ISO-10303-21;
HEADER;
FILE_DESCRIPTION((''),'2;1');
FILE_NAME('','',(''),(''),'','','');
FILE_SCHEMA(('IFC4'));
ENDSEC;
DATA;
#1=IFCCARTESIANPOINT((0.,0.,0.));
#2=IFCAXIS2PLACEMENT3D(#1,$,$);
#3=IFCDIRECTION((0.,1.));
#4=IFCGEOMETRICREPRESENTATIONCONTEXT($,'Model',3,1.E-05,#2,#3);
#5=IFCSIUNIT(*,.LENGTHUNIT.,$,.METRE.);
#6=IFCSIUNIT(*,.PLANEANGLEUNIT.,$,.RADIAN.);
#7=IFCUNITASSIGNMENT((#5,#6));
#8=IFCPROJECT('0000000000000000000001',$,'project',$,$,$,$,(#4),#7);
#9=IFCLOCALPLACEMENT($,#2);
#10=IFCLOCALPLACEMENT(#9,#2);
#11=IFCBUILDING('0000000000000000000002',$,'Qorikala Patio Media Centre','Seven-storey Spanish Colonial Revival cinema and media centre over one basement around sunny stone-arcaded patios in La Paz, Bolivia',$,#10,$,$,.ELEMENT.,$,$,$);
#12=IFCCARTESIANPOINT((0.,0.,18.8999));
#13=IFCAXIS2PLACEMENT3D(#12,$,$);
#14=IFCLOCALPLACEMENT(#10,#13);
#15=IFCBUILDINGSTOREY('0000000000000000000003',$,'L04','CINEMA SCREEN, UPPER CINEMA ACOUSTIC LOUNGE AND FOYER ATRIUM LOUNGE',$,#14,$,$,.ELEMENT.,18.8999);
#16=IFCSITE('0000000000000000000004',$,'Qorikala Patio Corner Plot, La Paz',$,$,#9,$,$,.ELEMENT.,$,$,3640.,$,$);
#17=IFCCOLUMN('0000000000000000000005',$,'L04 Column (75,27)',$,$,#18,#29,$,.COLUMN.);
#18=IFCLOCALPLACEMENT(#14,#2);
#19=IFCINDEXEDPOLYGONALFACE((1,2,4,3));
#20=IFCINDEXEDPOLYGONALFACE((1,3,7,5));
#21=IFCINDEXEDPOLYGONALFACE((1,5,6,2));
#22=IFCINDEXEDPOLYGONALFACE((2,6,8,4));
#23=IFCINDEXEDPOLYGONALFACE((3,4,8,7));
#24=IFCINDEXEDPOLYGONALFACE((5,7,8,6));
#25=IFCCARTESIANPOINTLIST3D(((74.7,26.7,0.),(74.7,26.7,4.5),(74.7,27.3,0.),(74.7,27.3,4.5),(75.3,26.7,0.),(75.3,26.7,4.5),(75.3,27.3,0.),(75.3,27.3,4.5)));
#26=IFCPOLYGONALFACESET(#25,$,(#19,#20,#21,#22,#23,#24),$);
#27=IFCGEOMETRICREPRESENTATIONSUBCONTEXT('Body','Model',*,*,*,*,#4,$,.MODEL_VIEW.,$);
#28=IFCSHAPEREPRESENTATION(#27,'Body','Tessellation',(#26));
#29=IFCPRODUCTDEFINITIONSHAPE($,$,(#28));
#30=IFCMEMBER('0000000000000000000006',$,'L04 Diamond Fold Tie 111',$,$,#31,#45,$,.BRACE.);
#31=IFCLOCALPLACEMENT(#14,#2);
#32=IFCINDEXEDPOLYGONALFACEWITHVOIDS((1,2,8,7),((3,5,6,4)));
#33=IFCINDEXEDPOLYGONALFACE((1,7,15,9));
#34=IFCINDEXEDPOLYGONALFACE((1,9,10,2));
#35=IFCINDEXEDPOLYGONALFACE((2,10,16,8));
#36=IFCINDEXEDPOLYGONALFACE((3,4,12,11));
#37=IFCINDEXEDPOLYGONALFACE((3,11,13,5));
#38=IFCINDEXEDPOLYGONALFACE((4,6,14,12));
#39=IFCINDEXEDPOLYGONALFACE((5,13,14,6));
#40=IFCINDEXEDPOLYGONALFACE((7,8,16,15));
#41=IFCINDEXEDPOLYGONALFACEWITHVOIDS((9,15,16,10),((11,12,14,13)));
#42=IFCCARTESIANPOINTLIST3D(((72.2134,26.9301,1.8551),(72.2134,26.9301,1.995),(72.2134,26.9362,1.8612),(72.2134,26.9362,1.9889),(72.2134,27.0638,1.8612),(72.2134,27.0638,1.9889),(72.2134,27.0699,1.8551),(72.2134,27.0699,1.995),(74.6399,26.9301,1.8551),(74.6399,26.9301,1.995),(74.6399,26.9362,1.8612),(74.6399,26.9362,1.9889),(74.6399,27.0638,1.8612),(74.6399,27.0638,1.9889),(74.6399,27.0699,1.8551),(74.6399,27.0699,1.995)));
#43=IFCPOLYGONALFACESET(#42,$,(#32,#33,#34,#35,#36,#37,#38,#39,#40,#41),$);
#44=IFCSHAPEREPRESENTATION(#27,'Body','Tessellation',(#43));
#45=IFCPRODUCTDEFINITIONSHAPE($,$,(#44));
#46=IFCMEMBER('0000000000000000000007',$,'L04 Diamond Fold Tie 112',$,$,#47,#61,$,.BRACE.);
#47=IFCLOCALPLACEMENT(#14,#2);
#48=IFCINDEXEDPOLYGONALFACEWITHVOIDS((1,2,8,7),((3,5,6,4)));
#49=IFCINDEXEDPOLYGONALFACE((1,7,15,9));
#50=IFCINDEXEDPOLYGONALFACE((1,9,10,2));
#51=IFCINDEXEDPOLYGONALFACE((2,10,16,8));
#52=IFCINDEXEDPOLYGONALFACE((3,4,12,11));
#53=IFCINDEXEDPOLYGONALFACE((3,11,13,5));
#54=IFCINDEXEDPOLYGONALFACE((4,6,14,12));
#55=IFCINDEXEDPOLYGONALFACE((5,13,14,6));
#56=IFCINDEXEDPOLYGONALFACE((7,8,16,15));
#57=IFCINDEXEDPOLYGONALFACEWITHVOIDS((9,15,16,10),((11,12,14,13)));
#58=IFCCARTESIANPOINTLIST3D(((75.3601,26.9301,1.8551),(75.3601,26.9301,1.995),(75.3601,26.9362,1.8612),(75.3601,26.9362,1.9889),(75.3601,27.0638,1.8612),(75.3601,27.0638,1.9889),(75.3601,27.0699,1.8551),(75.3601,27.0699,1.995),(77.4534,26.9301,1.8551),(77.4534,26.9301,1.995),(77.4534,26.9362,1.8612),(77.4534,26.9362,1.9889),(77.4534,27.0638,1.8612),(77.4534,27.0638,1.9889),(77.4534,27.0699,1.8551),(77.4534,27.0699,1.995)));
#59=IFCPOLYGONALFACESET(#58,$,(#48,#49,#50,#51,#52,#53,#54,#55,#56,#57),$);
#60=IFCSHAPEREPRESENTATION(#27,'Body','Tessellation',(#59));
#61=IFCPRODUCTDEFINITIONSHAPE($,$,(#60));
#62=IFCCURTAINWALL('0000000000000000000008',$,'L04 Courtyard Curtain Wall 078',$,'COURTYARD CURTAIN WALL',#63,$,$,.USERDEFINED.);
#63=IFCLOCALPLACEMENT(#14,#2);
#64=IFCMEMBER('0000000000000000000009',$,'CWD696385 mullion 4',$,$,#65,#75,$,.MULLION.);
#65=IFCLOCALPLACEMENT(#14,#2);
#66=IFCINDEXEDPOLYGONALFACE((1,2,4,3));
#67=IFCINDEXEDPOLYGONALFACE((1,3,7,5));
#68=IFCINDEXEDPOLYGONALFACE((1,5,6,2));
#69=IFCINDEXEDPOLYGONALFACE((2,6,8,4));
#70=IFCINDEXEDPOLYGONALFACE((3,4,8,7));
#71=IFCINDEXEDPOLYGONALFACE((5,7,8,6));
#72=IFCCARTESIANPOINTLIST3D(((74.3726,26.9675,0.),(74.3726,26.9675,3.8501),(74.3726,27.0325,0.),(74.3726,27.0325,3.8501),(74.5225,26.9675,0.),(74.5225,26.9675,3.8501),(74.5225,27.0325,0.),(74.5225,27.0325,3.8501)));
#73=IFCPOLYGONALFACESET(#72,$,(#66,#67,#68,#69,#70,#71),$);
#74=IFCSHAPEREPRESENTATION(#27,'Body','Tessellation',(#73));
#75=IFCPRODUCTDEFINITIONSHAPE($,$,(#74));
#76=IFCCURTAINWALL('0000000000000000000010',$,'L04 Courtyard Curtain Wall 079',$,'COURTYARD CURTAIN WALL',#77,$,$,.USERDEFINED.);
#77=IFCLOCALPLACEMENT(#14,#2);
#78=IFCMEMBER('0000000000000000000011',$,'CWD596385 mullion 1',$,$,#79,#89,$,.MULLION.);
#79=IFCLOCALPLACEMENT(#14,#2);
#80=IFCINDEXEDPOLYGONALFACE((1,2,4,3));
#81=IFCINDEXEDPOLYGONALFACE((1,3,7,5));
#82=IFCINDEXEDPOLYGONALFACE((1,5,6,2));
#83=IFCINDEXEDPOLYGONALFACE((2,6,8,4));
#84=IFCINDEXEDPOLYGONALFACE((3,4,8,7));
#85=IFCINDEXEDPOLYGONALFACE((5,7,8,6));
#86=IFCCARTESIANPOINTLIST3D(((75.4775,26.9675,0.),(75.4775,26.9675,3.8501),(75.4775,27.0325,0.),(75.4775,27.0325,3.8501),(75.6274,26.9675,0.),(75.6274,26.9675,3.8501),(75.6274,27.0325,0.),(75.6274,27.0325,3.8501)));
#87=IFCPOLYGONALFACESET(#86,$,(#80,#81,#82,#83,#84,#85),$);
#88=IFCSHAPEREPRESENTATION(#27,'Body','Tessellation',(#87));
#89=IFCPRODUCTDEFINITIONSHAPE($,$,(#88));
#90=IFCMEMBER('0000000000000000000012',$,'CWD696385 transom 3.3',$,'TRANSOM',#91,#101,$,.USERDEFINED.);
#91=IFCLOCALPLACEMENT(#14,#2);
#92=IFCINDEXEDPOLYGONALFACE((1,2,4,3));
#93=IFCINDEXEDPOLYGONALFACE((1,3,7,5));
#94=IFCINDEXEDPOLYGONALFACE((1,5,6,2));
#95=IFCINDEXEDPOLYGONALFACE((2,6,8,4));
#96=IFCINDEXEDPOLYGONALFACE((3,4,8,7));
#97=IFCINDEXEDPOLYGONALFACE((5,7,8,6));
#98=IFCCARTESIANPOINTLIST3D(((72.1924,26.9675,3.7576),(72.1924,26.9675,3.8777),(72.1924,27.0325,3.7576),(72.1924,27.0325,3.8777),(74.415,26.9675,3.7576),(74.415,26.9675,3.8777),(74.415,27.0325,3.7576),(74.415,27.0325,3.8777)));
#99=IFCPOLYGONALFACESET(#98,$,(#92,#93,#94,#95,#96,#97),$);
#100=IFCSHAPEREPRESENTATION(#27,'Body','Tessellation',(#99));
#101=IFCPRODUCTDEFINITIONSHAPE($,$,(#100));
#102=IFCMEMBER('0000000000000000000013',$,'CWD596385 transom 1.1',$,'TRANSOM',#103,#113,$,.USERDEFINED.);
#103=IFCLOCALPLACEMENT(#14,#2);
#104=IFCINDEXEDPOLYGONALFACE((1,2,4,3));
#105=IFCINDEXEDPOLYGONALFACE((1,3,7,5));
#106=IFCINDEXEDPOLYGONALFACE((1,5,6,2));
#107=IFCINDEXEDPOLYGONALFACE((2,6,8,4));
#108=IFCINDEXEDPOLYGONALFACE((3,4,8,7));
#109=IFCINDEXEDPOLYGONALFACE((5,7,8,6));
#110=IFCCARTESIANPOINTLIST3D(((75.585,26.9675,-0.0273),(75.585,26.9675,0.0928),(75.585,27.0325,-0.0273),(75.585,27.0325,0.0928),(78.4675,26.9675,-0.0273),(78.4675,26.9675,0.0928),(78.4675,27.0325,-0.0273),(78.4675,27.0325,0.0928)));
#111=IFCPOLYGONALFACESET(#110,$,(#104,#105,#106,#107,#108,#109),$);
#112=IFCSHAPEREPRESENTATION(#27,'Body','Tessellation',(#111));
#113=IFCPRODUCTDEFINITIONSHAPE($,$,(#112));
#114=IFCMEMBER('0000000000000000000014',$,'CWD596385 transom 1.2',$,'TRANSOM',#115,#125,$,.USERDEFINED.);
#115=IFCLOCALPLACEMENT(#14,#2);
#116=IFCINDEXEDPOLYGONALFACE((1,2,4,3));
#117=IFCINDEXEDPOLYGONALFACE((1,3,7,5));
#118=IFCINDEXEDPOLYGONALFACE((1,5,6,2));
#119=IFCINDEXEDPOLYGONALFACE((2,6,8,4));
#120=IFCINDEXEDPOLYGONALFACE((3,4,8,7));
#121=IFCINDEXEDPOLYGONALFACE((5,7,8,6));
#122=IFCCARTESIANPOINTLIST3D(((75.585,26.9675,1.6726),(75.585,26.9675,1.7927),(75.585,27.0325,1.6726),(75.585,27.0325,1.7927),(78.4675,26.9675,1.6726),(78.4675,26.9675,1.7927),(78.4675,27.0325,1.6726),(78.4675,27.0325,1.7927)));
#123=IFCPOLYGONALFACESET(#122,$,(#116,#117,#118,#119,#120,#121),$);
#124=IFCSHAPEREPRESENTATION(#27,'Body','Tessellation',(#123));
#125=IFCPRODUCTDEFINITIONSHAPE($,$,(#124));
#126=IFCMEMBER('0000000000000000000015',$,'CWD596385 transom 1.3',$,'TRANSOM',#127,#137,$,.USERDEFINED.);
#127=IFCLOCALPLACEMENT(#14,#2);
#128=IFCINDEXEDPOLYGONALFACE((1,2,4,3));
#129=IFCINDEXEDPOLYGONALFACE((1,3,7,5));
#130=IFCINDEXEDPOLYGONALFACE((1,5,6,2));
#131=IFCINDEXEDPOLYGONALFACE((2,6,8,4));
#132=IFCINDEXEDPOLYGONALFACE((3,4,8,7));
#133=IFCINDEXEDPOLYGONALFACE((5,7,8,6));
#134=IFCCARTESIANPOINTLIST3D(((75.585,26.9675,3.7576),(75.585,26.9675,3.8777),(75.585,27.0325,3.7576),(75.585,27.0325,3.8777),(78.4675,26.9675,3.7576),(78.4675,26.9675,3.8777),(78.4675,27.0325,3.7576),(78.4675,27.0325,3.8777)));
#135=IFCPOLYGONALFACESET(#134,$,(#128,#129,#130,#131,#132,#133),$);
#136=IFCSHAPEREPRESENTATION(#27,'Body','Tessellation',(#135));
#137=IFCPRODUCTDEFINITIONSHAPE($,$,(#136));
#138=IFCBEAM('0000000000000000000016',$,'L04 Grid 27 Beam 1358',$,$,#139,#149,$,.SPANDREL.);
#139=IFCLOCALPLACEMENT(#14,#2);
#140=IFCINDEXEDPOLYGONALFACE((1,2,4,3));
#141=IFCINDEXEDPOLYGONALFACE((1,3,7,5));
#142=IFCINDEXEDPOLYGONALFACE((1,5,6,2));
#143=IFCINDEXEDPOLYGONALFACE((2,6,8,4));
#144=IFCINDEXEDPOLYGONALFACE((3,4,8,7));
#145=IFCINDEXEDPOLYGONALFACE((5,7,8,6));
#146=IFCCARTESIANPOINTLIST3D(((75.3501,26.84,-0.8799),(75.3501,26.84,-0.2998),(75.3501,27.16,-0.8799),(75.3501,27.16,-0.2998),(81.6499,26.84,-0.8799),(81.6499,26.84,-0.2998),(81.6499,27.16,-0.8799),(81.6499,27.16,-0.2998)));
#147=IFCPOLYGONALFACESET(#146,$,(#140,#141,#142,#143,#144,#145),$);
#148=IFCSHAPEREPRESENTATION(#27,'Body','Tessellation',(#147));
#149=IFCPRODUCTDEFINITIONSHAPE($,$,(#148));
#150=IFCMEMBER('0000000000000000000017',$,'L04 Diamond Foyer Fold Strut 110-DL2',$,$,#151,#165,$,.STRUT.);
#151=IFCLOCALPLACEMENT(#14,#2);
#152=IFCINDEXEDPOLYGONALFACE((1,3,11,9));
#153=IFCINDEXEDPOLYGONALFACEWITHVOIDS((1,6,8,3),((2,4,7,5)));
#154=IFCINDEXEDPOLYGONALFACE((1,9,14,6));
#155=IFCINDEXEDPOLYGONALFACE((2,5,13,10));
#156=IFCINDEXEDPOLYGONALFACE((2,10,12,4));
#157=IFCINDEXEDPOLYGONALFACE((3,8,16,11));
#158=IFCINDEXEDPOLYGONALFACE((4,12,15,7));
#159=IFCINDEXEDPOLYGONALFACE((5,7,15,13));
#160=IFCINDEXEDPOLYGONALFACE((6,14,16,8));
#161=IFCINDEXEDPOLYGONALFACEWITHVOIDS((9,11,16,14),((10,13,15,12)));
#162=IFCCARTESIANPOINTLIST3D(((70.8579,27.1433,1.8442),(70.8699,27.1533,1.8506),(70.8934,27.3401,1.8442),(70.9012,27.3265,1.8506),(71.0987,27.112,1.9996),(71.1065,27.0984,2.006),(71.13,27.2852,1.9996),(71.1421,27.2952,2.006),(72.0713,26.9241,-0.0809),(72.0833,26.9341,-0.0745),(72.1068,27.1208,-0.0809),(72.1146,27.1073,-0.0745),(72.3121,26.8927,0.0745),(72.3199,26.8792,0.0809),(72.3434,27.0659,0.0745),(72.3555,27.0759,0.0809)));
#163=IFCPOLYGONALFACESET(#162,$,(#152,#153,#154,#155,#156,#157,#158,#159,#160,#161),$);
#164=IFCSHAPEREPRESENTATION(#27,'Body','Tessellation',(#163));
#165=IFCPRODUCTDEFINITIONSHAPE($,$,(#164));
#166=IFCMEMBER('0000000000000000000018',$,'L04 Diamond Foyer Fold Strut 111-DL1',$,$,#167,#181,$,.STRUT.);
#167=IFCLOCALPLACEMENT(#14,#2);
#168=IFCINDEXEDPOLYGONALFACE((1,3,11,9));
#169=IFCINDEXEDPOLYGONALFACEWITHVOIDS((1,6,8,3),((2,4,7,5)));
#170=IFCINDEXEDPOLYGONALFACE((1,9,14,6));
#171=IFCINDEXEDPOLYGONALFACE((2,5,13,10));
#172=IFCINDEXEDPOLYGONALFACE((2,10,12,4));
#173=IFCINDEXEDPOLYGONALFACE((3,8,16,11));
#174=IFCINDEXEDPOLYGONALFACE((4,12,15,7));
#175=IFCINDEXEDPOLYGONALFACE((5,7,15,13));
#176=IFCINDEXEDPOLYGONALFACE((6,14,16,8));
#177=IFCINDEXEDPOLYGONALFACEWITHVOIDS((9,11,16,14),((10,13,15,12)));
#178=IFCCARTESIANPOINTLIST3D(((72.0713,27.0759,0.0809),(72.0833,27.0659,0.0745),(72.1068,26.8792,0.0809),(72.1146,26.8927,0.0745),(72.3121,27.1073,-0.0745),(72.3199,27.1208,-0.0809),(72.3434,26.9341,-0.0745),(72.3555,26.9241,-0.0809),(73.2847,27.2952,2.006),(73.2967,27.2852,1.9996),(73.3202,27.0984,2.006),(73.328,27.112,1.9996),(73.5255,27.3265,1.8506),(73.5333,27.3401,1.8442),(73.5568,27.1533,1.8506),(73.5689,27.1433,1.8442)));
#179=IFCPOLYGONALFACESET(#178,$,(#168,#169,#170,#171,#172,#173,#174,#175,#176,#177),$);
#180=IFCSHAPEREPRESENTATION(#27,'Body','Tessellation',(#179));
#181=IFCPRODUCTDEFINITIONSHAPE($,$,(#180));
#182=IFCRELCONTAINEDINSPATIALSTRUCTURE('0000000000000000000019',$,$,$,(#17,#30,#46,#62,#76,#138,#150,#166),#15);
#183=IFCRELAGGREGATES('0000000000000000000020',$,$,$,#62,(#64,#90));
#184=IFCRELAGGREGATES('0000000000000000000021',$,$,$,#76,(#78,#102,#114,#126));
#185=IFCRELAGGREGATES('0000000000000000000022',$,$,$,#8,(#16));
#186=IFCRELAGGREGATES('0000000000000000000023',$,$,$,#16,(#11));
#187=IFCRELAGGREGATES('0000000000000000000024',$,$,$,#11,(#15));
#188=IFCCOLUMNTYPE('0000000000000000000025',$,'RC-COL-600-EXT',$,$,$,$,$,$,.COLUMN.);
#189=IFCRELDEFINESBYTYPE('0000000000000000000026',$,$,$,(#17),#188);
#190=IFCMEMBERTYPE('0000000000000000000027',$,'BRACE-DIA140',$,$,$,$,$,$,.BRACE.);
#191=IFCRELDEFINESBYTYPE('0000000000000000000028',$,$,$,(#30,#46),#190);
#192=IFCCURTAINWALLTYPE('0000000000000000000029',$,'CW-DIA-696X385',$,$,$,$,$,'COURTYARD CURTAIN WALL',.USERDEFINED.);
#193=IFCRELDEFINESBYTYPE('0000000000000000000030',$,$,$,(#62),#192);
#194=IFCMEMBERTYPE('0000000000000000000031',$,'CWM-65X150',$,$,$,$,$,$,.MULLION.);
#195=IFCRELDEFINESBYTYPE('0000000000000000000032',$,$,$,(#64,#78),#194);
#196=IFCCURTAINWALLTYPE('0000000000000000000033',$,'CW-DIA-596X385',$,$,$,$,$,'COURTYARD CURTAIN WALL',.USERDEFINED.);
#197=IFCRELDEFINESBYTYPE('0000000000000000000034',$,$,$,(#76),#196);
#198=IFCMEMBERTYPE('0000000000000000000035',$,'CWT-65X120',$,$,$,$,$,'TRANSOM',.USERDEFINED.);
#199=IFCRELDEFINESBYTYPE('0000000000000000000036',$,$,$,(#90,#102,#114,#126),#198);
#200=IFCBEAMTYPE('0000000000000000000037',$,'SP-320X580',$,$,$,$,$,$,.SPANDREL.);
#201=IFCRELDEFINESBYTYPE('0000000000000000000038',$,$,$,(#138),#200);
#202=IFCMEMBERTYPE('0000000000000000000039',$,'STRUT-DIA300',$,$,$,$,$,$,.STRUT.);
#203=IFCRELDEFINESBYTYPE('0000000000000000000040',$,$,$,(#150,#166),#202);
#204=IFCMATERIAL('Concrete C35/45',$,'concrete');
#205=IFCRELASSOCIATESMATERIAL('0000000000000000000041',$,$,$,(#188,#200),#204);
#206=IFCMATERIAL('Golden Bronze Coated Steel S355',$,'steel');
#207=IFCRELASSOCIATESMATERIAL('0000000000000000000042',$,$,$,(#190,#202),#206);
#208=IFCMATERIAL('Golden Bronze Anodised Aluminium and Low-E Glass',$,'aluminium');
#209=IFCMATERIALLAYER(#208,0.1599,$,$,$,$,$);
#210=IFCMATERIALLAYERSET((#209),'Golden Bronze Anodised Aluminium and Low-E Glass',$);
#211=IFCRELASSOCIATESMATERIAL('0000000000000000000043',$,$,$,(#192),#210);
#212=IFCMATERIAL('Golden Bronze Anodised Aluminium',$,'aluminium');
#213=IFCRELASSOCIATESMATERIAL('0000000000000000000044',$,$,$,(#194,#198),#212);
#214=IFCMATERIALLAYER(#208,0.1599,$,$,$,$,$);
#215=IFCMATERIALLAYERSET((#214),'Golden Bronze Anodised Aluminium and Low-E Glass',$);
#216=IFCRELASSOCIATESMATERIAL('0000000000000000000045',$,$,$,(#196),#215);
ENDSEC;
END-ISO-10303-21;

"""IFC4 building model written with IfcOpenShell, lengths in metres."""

from ifc_helpers import new_model, si_unit, direction, frame, origin, origin_2d, place, context, subcontext, project, spatial, rectangle, hollow_rectangle, extrude, material, layer, layer_set, material_profile, profile_set, type_object, element, aggregate, save


model = new_model("IFC4")

# Units and contexts
model_context = context("Model", 3, precision=1e-05, world=origin(), true_north=direction((0.0, 1.0)))
body_context = subcontext(model_context, "Body", "Model", "MODEL_VIEW")
ifc_project = project(units=[si_unit("LENGTHUNIT", "METRE"), si_unit("PLANEANGLEUNIT", "RADIAN")], contexts=[model_context])

# Site, building, storey
site_placement = place(None, origin())
site = spatial("IfcSite", under=ifc_project, at=site_placement, Name="Qorikala Patio Corner Plot, La Paz", CompositionType="ELEMENT", RefElevation=3640.0)
building_placement = place(site_placement, origin())
building = spatial("IfcBuilding", under=site, at=building_placement, Name="Qorikala Patio Media Centre", Description="Seven-storey Spanish Colonial Revival cinema and media centre over one basement around sunny stone-arcaded patios in La Paz, Bolivia", CompositionType="ELEMENT")
storey_placement = place(building_placement, frame((0.0, 0.0, 18.8999)))
storey = spatial("IfcBuildingStorey", under=building, at=storey_placement, Name="L04", Description="CINEMA SCREEN, UPPER CINEMA ACOUSTIC LOUNGE AND FOYER ATRIUM LOUNGE", CompositionType="ELEMENT", Elevation=18.8999)

# Column
ifc_material_1 = material(Name="Concrete C35/45", Category="concrete")
ifc_material_profile_1 = material_profile(ifc_material_1, rectangle(XDim=0.6001, YDim=0.6001, at=origin_2d()), Name="RC 600x600")
ifc_profile_set_1 = profile_set([ifc_material_profile_1], Name="Concrete C35/45")
column_type = type_object("IfcColumnType", Name="RC-COL-600-EXT", PredefinedType="COLUMN", material=ifc_profile_set_1)
column_placement = place(storey_placement, frame((75.0, 27.0, 0.0), z_axis=(0.0, 0.0, 1.0), x_axis=(1.0, 0.0, 0.0)))
element("IfcColumn", 1, at=column_placement, inside=storey, type_object=column_type, Name="L04 Column (75,27)", PredefinedType="COLUMN", context=body_context, shape_type="SweptSolid", body=[
    extrude(rectangle(XDim=0.6001, YDim=0.6001, at=origin_2d()), origin(), (0.0, 0.0, 1.0), 4.5),
])

# Members
ifc_material_2 = material(Name="Golden Bronze Coated Steel S355", Category="steel")
ifc_material_profile_2 = material_profile(ifc_material_2, hollow_rectangle(XDim=0.1399, YDim=0.1399, WallThickness=0.0061, at=origin_2d()), Name="HSS140X140X6")
ifc_profile_set_2 = profile_set([ifc_material_profile_2], Name="Golden Bronze Coated Steel S355")
member_type_1 = type_object("IfcMemberType", Name="BRACE-DIA140", PredefinedType="BRACE", material=ifc_profile_set_2)
member_1_placement = place(storey_placement, frame((72.2134, 27.0, 1.925), z_axis=(1.0, 0.0, 0.0), x_axis=(0.0, 1.0, 0.0)))
element("IfcMember", 2, at=member_1_placement, inside=storey, type_object=member_type_1, Name="L04 Diamond Fold Tie 111", PredefinedType="BRACE", context=body_context, shape_type="SweptSolid", body=[
    extrude(hollow_rectangle(XDim=0.1399, YDim=0.1399, WallThickness=0.0061, at=origin_2d()), origin(), (0.0, 0.0, 1.0), 2.4265),
])
member_2_placement = place(storey_placement, frame((75.3601, 27.0, 1.925), z_axis=(1.0, 0.0, 0.0), x_axis=(0.0, 1.0, 0.0)))
element("IfcMember", 3, at=member_2_placement, inside=storey, type_object=member_type_1, Name="L04 Diamond Fold Tie 112", PredefinedType="BRACE", context=body_context, shape_type="SweptSolid", body=[
    extrude(hollow_rectangle(XDim=0.1399, YDim=0.1399, WallThickness=0.0061, at=origin_2d()), origin(), (0.0, 0.0, 1.0), 2.0933),
])

# Curtain walls, members
ifc_material_3 = material(Name="Golden Bronze Anodised Aluminium and Low-E Glass", Category="aluminium")
ifc_layer_1 = layer(ifc_material_3, 0.1599)
ifc_layer_set_1 = layer_set([ifc_layer_1], Name="Golden Bronze Anodised Aluminium and Low-E Glass")
curtain_wall_type_1 = type_object("IfcCurtainWallType", Name="CW-DIA-696X385", ElementType="COURTYARD CURTAIN WALL", PredefinedType="USERDEFINED", material=ifc_layer_set_1)
curtain_wall_1_placement = place(storey_placement, origin())
curtain_wall_1 = element("IfcCurtainWall", 4, at=curtain_wall_1_placement, inside=storey, type_object=curtain_wall_type_1, Name="L04 Courtyard Curtain Wall 078", ObjectType="COURTYARD CURTAIN WALL", PredefinedType="USERDEFINED")
ifc_material_4 = material(Name="Golden Bronze Anodised Aluminium", Category="aluminium")
ifc_material_profile_3 = material_profile(ifc_material_4, rectangle(XDim=0.0649, YDim=0.1499, at=origin_2d()), Name="ALU MULLION 65x150")
ifc_profile_set_3 = profile_set([ifc_material_profile_3], Name="Golden Bronze Anodised Aluminium")
member_type_2 = type_object("IfcMemberType", Name="CWM-65X150", PredefinedType="MULLION", material=ifc_profile_set_3)
member_3_placement = place(storey_placement, frame((74.4475, 27.0, 0.0), z_axis=(0.0, 0.0, 1.0), x_axis=(0.0, 1.0, 0.0)))
member_3 = element("IfcMember", 5, at=member_3_placement, type_object=member_type_2, Name="CWD696385 mullion 4", PredefinedType="MULLION", context=body_context, shape_type="SweptSolid", body=[
    extrude(rectangle(XDim=0.0649, YDim=0.1499, at=origin_2d()), origin(), (0.0, 0.0, 1.0), 3.8501),
])
ifc_layer_2 = layer(ifc_material_3, 0.1599)
ifc_layer_set_2 = layer_set([ifc_layer_2], Name="Golden Bronze Anodised Aluminium and Low-E Glass")
curtain_wall_type_2 = type_object("IfcCurtainWallType", Name="CW-DIA-596X385", ElementType="COURTYARD CURTAIN WALL", PredefinedType="USERDEFINED", material=ifc_layer_set_2)
curtain_wall_2_placement = place(storey_placement, origin())
curtain_wall_2 = element("IfcCurtainWall", 6, at=curtain_wall_2_placement, inside=storey, type_object=curtain_wall_type_2, Name="L04 Courtyard Curtain Wall 079", ObjectType="COURTYARD CURTAIN WALL", PredefinedType="USERDEFINED")
member_4_placement = place(storey_placement, frame((75.5525, 27.0, 0.0), z_axis=(0.0, 0.0, 1.0), x_axis=(0.0, 1.0, 0.0)))
member_4 = element("IfcMember", 7, at=member_4_placement, type_object=member_type_2, Name="CWD596385 mullion 1", PredefinedType="MULLION", context=body_context, shape_type="SweptSolid", body=[
    extrude(rectangle(XDim=0.0649, YDim=0.1499, at=origin_2d()), origin(), (0.0, 0.0, 1.0), 3.8501),
])

# Members
ifc_material_profile_4 = material_profile(ifc_material_4, rectangle(XDim=0.0649, YDim=0.1201, at=origin_2d()), Name="ALU TRANSOM 65x120")
ifc_profile_set_4 = profile_set([ifc_material_profile_4], Name="Golden Bronze Anodised Aluminium")
member_type_3 = type_object("IfcMemberType", Name="CWT-65X120", ElementType="TRANSOM", PredefinedType="USERDEFINED", material=ifc_profile_set_4)
member_5_placement = place(storey_placement, frame((72.1924, 27.0, 3.8176), z_axis=(1.0, 0.0, 0.0), x_axis=(0.0, 1.0, 0.0)))
member_5 = element("IfcMember", 8, at=member_5_placement, type_object=member_type_3, Name="CWD696385 transom 3.3", ObjectType="TRANSOM", PredefinedType="USERDEFINED", context=body_context, shape_type="SweptSolid", body=[
    extrude(rectangle(XDim=0.0649, YDim=0.1201, at=origin_2d()), origin(), (0.0, 0.0, 1.0), 2.2227),
])
member_6_placement = place(storey_placement, frame((75.585, 27.0, 0.0327), z_axis=(1.0, 0.0, 0.0), x_axis=(0.0, 1.0, 0.0)))
member_6 = element("IfcMember", 9, at=member_6_placement, type_object=member_type_3, Name="CWD596385 transom 1.1", ObjectType="TRANSOM", PredefinedType="USERDEFINED", context=body_context, shape_type="SweptSolid", body=[
    extrude(rectangle(XDim=0.0649, YDim=0.1201, at=origin_2d()), origin(), (0.0, 0.0, 1.0), 2.8826),
])
member_7_placement = place(storey_placement, frame((75.585, 27.0, 1.7327), z_axis=(1.0, 0.0, 0.0), x_axis=(0.0, 1.0, 0.0)))
member_7 = element("IfcMember", 10, at=member_7_placement, type_object=member_type_3, Name="CWD596385 transom 1.2", ObjectType="TRANSOM", PredefinedType="USERDEFINED", context=body_context, shape_type="SweptSolid", body=[
    extrude(rectangle(XDim=0.0649, YDim=0.1201, at=origin_2d()), origin(), (0.0, 0.0, 1.0), 2.8826),
])
member_8_placement = place(storey_placement, frame((75.585, 27.0, 3.8176), z_axis=(1.0, 0.0, 0.0), x_axis=(0.0, 1.0, 0.0)))
member_8 = element("IfcMember", 11, at=member_8_placement, type_object=member_type_3, Name="CWD596385 transom 1.3", ObjectType="TRANSOM", PredefinedType="USERDEFINED", context=body_context, shape_type="SweptSolid", body=[
    extrude(rectangle(XDim=0.0649, YDim=0.1201, at=origin_2d()), origin(), (0.0, 0.0, 1.0), 2.8826),
])

# Beam
ifc_material_profile_5 = material_profile(ifc_material_1, rectangle(XDim=0.3201, YDim=0.5801, at=origin_2d()), Name="RC 320x580")
ifc_profile_set_5 = profile_set([ifc_material_profile_5], Name="Concrete C35/45")
beam_type = type_object("IfcBeamType", Name="SP-320X580", PredefinedType="SPANDREL", material=ifc_profile_set_5)
beam_placement = place(storey_placement, frame((75.3501, 27.0, -0.5898), z_axis=(1.0, 0.0, 0.0), x_axis=(0.0, 1.0, 0.0)))
element("IfcBeam", 12, at=beam_placement, inside=storey, type_object=beam_type, Name="L04 Grid 27 Beam 1358", PredefinedType="SPANDREL", context=body_context, shape_type="SweptSolid", body=[
    extrude(rectangle(XDim=0.3201, YDim=0.5801, at=origin_2d()), origin(), (0.0, 0.0, 1.0), 6.2998),
])

# Members
ifc_material_profile_6 = material_profile(ifc_material_2, hollow_rectangle(XDim=0.2, YDim=0.3, WallThickness=0.012, at=origin_2d()), Name="HSS300X200X12")
ifc_profile_set_6 = profile_set([ifc_material_profile_6], Name="Golden Bronze Coated Steel S355")
member_type_4 = type_object("IfcMemberType", Name="STRUT-DIA300", PredefinedType="STRUT", material=ifc_profile_set_6)
for number, where, z_axis, x_axis, name in (
    (13, (72.2134, 27.0, 0.0), (-0.530768, 0.095901, 0.842074), (-0.177805, -0.984066, 0.0), "L04 Diamond Foyer Fold Strut 110-DL2"),
    (14, (72.2134, 27.0, 0.0), (0.530768, 0.095901, 0.842074), (-0.177805, 0.984066, 0.0), "L04 Diamond Foyer Fold Strut 111-DL1"),
):
    element("IfcMember", number, at=place(storey_placement, frame(where, z_axis=z_axis, x_axis=x_axis)), inside=storey, type_object=member_type_4, Name=name, PredefinedType="STRUT", context=body_context, shape_type="SweptSolid", body=[
        extrude(hollow_rectangle(XDim=0.2, YDim=0.3, WallThickness=0.012, at=origin_2d()), origin(), (0.0, 0.0, 1.0), 2.2861),
    ])

aggregate(curtain_wall_1, [member_3, member_5])
aggregate(curtain_wall_2, [member_4, member_6, member_7, member_8])

save(model, "model.ifc")
